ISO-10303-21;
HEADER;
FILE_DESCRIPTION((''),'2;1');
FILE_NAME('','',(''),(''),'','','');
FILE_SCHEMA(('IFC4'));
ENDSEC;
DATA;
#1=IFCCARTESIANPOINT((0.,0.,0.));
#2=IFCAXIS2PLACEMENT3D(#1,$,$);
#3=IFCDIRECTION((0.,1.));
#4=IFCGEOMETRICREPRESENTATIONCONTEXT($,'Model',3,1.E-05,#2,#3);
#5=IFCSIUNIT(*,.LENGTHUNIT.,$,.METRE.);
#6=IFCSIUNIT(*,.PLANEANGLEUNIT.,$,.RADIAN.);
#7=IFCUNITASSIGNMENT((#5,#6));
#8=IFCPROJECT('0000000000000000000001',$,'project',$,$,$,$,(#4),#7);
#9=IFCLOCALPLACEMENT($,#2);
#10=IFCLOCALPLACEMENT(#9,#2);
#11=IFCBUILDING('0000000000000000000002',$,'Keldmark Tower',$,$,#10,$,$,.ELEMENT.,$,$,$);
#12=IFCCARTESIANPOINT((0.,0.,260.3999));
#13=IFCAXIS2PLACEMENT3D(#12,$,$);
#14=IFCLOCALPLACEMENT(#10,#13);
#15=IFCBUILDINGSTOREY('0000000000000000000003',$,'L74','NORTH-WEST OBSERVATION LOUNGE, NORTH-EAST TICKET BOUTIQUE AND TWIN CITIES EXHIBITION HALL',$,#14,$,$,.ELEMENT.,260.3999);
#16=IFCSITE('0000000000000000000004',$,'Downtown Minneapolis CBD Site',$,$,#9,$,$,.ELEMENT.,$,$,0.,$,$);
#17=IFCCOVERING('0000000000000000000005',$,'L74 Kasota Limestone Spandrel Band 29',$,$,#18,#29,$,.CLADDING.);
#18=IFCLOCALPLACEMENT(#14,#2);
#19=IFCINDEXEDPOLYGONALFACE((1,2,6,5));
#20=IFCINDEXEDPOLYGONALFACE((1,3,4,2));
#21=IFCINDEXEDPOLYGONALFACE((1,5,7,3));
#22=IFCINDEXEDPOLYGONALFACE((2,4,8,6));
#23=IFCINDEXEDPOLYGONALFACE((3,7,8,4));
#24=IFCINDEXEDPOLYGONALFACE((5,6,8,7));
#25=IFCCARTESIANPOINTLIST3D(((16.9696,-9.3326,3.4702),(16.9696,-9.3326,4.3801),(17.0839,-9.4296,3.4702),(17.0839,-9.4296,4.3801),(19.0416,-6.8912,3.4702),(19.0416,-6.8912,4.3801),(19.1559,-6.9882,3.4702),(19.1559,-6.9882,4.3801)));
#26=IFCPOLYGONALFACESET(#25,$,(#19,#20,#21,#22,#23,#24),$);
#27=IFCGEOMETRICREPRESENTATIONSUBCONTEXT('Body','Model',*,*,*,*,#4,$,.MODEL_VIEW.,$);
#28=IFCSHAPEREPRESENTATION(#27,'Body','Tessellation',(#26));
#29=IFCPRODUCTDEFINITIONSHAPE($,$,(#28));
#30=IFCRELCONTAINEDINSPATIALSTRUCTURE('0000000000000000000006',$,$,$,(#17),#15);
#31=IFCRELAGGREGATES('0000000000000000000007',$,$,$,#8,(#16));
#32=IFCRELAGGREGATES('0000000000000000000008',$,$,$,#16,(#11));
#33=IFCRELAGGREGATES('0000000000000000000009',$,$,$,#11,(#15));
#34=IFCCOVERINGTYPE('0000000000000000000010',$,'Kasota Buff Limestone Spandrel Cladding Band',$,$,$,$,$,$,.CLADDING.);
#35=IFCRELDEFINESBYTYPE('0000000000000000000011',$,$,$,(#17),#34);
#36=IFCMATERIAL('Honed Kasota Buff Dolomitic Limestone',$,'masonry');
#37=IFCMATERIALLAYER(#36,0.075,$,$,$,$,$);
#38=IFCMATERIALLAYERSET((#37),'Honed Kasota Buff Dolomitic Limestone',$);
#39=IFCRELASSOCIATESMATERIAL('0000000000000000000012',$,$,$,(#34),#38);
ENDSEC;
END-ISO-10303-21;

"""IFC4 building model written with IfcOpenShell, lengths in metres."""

from ifc_helpers import new_model, si_unit, direction, frame, origin, origin_2d, place, context, subcontext, project, spatial, rectangle, extrude, material, layer, layer_set, type_object, element, save


model = new_model("IFC4")

# Units and contexts
model_context = context("Model", 3, precision=1e-05, world=origin(), true_north=direction((0.0, 1.0)))
body_context = subcontext(model_context, "Body", "Model", "MODEL_VIEW")
ifc_project = project(units=[si_unit("LENGTHUNIT", "METRE"), si_unit("PLANEANGLEUNIT", "RADIAN")], contexts=[model_context])

# Site, building, storey
site_placement = place(None, origin())
site = spatial("IfcSite", under=ifc_project, at=site_placement, Name="Downtown Minneapolis CBD Site", CompositionType="ELEMENT", RefElevation=0.0)
building_placement = place(site_placement, origin())
building = spatial("IfcBuilding", under=site, at=building_placement, Name="Keldmark Tower", CompositionType="ELEMENT")
storey_placement = place(building_placement, frame((0.0, 0.0, 260.3999)))
storey = spatial("IfcBuildingStorey", under=building, at=storey_placement, Name="L74", Description="NORTH-WEST OBSERVATION LOUNGE, NORTH-EAST TICKET BOUTIQUE AND TWIN CITIES EXHIBITION HALL", CompositionType="ELEMENT", Elevation=260.3999)

# Covering
ifc_material_1 = material(Name="Honed Kasota Buff Dolomitic Limestone", Category="masonry")
ifc_layer_1 = layer(ifc_material_1, 0.075)
ifc_layer_set_1 = layer_set([ifc_layer_1], Name="Honed Kasota Buff Dolomitic Limestone")
covering_type = type_object("IfcCoveringType", Name="Kasota Buff Limestone Spandrel Cladding Band", PredefinedType="CLADDING", material=ifc_layer_set_1)
covering_placement = place(storey_placement, frame((18.0627, -8.1604, 3.4702), z_axis=(0.0, 0.0, 1.0), x_axis=(0.647083, 0.76242, 0.0)))
element("IfcCovering", 1, at=covering_placement, inside=storey, type_object=covering_type, Name="L74 Kasota Limestone Spandrel Band 29", PredefinedType="CLADDING", context=body_context, shape_type="SweptSolid", body=[
    extrude(rectangle(XDim=3.2021, YDim=0.1499, at=origin_2d()), origin(), (0.0, 0.0, 1.0), 0.9099),
])

save(model, "model.ifc")
